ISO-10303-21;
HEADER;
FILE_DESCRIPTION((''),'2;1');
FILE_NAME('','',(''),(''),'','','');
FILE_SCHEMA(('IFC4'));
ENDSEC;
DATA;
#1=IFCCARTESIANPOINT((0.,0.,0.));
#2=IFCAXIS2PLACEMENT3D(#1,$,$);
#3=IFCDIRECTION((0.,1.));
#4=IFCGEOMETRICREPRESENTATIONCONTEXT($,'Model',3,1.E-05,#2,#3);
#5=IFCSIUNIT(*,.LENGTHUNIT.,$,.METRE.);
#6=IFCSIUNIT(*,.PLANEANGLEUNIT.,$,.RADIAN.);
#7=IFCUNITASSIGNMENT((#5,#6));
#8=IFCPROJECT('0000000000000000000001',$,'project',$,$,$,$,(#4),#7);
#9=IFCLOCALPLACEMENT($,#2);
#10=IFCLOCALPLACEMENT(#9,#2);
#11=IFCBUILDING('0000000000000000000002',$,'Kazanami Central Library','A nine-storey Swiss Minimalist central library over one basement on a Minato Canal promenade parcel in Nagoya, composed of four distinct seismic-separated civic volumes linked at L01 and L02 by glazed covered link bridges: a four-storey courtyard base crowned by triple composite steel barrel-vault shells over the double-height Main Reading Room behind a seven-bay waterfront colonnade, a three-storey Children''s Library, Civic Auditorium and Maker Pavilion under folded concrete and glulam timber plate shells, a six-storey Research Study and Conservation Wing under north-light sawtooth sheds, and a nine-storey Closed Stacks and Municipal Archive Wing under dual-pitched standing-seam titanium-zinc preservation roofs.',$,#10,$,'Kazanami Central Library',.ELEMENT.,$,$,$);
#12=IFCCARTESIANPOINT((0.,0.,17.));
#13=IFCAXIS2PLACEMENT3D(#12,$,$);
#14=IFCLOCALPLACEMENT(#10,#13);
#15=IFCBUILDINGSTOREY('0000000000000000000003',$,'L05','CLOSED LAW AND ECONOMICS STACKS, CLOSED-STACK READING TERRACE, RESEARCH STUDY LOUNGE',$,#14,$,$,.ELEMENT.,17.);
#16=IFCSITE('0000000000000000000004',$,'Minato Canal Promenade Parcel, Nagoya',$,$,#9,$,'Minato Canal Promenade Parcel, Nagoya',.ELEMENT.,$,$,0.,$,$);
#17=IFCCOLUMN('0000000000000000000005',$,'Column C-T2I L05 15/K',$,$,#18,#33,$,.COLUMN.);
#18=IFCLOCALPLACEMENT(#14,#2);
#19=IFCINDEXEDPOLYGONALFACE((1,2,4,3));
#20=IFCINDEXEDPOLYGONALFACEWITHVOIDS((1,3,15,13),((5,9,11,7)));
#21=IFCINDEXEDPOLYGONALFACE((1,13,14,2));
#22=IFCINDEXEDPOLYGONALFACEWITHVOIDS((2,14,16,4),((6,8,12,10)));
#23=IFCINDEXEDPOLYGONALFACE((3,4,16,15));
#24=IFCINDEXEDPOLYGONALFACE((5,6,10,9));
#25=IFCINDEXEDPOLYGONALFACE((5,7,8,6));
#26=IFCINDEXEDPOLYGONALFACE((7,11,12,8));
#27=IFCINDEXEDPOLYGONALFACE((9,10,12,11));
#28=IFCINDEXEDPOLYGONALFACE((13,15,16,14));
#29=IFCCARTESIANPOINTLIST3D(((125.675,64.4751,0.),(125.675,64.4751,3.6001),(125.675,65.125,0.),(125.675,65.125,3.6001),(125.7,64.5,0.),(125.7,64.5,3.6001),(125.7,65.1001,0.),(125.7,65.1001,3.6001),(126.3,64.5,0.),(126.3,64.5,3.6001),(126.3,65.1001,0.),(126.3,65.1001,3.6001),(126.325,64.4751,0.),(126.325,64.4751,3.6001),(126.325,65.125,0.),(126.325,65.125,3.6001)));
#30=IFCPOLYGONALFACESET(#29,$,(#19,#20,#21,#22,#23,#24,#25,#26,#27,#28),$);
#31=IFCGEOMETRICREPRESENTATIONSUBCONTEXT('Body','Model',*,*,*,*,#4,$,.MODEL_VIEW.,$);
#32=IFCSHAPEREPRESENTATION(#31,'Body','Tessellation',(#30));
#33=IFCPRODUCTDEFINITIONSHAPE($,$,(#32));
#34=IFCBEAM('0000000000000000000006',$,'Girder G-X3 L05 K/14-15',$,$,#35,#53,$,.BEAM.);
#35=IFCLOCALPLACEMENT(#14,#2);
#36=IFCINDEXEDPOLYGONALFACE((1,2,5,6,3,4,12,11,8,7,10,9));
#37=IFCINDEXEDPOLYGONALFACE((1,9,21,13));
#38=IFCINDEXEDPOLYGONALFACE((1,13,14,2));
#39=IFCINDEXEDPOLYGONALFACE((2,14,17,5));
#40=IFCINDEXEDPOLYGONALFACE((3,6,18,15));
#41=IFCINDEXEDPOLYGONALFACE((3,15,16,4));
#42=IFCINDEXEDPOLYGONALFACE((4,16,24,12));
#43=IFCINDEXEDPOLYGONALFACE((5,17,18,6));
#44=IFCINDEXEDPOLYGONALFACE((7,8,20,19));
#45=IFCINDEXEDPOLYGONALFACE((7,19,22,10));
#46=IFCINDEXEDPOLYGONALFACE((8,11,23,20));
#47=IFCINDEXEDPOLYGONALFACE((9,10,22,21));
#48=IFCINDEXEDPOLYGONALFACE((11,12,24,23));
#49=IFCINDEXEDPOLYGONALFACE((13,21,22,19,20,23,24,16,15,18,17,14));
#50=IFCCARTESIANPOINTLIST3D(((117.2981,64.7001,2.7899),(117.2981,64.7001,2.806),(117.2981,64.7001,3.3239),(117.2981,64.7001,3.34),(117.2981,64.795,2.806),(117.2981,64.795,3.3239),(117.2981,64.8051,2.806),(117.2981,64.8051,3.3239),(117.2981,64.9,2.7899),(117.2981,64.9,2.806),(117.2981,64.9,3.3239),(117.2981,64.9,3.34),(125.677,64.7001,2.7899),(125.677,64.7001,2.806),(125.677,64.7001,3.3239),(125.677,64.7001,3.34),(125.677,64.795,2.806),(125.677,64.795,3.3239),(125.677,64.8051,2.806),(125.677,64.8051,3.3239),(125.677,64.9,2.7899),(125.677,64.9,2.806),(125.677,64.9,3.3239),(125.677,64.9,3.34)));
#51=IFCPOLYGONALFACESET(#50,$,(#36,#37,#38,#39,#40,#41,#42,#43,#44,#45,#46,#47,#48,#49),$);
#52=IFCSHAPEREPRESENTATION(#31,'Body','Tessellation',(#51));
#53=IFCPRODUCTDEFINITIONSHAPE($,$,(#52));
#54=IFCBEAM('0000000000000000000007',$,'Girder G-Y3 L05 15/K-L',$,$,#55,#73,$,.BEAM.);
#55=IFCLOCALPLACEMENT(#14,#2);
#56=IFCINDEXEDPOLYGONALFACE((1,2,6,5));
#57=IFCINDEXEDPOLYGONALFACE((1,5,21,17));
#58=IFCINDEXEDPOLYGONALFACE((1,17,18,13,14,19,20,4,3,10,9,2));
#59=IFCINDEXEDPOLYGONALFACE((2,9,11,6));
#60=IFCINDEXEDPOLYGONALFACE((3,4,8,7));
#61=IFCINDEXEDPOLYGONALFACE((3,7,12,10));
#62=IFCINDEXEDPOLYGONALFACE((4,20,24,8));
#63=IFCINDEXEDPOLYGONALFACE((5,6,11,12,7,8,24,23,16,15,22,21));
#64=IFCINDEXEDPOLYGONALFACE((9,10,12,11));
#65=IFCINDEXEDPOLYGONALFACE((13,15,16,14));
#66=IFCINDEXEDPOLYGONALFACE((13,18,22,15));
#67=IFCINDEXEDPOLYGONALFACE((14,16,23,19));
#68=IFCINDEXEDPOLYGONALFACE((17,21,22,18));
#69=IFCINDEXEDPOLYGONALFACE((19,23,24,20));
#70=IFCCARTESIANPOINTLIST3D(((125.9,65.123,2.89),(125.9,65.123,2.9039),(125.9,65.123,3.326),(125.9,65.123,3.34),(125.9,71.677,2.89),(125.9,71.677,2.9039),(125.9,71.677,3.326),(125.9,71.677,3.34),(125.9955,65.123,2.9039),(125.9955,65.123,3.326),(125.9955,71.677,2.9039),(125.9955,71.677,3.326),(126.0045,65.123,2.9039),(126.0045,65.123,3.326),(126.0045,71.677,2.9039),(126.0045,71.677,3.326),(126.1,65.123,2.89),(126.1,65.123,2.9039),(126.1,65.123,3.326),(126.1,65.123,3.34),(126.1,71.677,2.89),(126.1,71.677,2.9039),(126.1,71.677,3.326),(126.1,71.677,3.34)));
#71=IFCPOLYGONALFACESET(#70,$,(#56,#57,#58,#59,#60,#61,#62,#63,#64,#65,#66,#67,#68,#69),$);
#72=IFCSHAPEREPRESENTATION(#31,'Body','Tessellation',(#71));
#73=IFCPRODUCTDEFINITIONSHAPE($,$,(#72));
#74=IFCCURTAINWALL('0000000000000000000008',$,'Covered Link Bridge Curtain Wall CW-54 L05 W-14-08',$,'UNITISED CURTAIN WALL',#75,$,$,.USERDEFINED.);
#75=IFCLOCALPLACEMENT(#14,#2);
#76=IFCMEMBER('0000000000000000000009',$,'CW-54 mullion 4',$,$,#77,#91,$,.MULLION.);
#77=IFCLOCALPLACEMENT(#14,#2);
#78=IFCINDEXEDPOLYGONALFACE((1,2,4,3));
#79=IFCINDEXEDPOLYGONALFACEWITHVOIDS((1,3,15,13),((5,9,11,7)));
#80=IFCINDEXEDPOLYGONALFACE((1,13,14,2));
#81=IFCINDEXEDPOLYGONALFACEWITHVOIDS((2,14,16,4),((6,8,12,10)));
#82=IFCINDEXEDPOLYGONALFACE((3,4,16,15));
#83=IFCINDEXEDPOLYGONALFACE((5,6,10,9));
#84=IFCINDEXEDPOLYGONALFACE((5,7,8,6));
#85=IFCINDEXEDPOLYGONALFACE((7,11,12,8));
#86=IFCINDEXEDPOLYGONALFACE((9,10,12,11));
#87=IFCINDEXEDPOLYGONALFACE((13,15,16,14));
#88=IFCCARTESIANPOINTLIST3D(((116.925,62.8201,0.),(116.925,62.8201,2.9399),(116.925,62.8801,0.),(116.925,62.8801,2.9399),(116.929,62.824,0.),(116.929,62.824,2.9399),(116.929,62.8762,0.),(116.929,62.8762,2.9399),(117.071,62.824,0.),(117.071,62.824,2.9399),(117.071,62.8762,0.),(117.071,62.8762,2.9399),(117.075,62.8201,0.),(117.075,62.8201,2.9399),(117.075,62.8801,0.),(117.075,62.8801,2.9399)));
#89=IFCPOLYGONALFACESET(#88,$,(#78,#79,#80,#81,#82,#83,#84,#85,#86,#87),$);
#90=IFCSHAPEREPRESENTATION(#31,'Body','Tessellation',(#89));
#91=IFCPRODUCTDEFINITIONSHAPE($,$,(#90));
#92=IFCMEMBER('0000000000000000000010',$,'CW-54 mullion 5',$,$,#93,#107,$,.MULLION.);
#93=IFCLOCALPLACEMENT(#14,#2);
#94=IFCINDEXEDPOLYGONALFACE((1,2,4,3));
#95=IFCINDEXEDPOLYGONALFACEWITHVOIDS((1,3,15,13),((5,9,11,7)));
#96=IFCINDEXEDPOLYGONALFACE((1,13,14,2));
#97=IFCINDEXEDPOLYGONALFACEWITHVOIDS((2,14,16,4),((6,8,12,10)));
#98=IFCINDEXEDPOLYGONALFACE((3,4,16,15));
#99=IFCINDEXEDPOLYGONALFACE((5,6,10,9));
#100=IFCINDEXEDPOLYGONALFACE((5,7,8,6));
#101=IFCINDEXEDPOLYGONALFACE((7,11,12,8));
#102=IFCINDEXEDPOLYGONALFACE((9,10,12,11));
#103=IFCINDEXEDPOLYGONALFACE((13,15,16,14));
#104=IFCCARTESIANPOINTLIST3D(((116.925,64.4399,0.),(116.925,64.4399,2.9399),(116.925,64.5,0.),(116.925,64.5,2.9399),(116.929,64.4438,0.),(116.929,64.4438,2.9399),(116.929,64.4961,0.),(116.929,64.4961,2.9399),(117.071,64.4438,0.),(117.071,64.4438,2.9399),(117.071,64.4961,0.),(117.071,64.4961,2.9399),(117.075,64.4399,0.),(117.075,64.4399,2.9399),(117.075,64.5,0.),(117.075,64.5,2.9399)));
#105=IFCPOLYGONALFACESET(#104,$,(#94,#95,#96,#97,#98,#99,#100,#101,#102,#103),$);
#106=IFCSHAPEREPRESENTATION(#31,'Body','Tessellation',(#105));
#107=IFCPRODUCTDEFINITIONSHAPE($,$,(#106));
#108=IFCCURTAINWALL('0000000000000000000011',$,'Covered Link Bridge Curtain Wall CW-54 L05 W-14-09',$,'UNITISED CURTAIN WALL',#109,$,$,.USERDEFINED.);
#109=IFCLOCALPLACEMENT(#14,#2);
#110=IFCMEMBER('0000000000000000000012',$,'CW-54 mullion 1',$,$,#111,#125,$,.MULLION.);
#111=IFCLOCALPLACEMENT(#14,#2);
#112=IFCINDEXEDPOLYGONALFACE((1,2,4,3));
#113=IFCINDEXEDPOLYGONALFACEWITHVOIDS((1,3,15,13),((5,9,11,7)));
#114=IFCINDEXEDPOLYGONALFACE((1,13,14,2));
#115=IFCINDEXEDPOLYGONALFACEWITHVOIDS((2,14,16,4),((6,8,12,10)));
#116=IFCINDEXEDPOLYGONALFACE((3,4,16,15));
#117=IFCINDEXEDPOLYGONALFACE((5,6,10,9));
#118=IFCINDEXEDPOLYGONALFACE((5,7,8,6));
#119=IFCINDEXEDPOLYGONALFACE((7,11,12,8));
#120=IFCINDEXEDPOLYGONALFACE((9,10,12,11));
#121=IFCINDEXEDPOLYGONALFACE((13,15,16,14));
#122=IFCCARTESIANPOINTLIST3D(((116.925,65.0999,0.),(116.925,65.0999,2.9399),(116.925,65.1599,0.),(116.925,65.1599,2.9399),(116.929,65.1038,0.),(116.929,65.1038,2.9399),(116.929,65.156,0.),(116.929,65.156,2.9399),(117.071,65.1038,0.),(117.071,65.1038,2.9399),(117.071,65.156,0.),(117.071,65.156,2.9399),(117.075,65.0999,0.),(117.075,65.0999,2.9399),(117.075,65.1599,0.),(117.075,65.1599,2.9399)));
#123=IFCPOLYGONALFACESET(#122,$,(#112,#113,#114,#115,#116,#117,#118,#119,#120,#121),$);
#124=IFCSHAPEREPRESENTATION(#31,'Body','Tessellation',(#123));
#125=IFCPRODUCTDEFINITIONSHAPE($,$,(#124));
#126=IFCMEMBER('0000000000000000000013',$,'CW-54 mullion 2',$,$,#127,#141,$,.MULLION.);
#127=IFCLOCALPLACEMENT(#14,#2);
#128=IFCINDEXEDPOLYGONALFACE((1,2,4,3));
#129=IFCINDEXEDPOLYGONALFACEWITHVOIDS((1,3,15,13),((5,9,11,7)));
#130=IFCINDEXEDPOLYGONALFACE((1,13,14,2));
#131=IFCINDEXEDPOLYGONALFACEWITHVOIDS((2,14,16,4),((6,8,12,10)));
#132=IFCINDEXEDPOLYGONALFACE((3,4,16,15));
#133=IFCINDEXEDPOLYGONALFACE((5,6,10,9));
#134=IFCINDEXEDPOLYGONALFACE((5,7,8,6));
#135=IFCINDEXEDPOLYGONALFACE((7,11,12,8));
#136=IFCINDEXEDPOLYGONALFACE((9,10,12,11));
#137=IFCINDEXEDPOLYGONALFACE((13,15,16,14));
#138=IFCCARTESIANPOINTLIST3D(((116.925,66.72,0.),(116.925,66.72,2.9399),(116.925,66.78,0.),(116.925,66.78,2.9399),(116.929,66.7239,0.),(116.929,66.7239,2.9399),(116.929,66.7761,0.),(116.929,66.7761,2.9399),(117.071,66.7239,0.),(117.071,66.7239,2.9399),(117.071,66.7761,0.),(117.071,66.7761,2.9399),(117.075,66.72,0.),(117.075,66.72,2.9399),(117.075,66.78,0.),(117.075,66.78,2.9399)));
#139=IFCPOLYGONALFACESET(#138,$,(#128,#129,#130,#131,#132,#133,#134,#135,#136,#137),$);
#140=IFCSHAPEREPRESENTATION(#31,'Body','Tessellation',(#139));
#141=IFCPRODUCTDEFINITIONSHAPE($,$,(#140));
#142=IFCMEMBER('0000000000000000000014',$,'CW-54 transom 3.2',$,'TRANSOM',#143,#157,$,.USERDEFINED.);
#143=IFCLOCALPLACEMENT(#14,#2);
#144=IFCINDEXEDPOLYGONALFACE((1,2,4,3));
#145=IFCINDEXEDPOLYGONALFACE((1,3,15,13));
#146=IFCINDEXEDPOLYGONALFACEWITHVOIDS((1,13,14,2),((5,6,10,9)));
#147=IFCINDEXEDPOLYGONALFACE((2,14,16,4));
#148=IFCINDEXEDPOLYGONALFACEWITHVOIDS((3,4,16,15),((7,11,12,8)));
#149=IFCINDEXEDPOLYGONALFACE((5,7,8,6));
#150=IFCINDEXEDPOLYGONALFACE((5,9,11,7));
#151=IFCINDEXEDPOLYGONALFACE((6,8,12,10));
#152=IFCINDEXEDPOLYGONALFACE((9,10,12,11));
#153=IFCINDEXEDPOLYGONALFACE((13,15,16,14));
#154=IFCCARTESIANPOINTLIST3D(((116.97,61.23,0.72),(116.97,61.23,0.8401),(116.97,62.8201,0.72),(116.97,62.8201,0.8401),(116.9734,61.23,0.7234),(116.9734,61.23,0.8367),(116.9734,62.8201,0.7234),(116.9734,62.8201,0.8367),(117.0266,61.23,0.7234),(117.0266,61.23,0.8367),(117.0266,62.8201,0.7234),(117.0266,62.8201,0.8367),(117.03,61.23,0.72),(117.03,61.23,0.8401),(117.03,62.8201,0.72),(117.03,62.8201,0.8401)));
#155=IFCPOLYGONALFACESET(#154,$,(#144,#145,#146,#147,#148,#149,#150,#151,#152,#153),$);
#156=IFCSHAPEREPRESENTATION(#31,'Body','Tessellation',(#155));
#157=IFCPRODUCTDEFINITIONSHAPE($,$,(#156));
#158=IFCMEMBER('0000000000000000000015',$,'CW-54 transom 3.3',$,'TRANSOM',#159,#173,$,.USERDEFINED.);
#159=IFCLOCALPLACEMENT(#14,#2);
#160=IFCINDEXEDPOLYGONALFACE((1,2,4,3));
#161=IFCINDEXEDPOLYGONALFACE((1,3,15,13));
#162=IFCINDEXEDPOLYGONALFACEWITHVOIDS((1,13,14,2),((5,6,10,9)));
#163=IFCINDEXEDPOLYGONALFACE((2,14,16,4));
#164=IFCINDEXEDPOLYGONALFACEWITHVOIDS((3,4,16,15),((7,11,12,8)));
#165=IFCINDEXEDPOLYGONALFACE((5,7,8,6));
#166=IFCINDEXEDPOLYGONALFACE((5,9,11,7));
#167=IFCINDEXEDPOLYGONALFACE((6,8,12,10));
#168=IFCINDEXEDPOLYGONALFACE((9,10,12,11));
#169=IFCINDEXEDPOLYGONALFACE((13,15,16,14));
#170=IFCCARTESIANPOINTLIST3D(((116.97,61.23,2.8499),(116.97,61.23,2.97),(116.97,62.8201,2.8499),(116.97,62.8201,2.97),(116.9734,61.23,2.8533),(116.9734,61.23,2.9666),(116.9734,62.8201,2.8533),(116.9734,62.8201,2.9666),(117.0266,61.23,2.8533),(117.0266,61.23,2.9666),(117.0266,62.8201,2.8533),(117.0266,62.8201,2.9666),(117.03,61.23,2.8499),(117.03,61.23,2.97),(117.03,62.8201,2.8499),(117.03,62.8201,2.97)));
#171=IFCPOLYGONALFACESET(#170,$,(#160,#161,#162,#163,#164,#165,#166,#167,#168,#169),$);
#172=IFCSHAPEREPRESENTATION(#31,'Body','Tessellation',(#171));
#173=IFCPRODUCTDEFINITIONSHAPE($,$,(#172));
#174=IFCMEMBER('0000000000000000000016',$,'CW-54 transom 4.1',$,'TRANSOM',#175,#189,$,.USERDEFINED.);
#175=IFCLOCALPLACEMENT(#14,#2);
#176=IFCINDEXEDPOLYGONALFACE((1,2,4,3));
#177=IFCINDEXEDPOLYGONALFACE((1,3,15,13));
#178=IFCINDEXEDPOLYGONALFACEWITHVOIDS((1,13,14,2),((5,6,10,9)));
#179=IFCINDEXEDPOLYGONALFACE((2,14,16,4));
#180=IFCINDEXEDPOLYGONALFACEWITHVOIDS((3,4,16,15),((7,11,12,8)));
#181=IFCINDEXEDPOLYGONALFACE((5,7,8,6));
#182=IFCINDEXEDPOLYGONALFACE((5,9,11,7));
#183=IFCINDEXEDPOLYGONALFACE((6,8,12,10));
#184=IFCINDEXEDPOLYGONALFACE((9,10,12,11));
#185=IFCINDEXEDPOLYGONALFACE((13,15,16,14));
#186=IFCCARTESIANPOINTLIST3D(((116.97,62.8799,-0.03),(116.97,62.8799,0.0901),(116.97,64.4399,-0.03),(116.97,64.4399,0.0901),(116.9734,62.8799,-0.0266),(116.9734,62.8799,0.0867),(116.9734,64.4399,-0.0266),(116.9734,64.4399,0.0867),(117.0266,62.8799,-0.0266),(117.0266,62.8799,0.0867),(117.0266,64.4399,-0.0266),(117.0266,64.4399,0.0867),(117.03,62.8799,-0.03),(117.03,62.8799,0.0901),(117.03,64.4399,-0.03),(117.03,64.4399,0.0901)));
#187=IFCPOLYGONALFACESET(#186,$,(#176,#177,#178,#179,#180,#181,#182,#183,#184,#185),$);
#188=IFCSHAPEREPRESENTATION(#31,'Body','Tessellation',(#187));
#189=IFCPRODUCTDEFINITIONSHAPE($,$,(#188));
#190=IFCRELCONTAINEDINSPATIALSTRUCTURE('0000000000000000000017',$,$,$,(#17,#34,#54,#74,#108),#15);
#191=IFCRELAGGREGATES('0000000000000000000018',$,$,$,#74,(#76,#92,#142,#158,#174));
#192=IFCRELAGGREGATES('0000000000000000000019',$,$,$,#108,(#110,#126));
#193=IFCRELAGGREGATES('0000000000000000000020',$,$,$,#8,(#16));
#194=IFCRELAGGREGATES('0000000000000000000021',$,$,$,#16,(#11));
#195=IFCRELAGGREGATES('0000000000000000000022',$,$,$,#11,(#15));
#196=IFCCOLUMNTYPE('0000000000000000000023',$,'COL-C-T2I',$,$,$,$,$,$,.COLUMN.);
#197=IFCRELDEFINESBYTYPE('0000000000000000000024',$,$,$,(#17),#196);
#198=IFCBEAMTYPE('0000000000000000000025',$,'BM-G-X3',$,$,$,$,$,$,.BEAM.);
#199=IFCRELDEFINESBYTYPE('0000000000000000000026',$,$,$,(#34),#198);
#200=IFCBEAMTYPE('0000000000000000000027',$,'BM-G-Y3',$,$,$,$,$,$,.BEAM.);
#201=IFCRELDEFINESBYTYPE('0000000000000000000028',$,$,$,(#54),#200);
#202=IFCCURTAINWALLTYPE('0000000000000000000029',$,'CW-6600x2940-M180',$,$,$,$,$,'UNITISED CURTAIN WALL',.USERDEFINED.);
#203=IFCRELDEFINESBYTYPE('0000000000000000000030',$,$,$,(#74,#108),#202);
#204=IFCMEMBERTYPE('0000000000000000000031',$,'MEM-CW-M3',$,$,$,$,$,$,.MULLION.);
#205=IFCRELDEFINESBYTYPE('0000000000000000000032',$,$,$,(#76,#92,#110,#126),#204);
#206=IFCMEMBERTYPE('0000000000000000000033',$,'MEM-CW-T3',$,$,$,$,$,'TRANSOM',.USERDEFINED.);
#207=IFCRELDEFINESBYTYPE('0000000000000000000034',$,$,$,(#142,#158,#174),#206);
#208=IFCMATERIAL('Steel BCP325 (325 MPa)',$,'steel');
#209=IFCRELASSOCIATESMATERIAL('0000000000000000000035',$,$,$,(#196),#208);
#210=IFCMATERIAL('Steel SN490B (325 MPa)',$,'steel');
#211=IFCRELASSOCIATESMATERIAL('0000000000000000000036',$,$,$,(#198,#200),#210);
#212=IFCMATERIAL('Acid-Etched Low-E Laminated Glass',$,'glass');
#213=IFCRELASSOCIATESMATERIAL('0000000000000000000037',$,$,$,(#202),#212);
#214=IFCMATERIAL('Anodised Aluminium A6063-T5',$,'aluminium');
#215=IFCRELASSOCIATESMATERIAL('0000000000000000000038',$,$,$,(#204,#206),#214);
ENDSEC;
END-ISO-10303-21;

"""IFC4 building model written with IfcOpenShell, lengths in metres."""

from ifc_helpers import new_model, si_unit, direction, frame, origin, origin_2d, place, context, subcontext, project, spatial, hollow_rectangle, i_section, extrude, material, material_profile, profile_set, type_object, element, aggregate, save


model = new_model("IFC4")

# Units and contexts
model_context = context("Model", 3, precision=1e-05, world=origin(), true_north=direction((0.0, 1.0)))
body_context = subcontext(model_context, "Body", "Model", "MODEL_VIEW")
ifc_project = project(units=[si_unit("LENGTHUNIT", "METRE"), si_unit("PLANEANGLEUNIT", "RADIAN")], contexts=[model_context])

# Site, building, storey
site_placement = place(None, origin())
site = spatial("IfcSite", under=ifc_project, at=site_placement, Name="Minato Canal Promenade Parcel, Nagoya", LongName="Minato Canal Promenade Parcel, Nagoya", CompositionType="ELEMENT", RefElevation=0.0)
building_placement = place(site_placement, origin())
building = spatial("IfcBuilding", under=site, at=building_placement, Name="Kazanami Central Library", Description="A nine-storey Swiss Minimalist central library over one basement on a Minato Canal promenade parcel in Nagoya, composed of four distinct seismic-separated civic volumes linked at L01 and L02 by glazed covered link bridges: a four-storey courtyard base crowned by triple composite steel barrel-vault shells over the double-height Main Reading Room behind a seven-bay waterfront colonnade, a three-storey Children's Library, Civic Auditorium and Maker Pavilion under folded concrete and glulam timber plate shells, a six-storey Research Study and Conservation Wing under north-light sawtooth sheds, and a nine-storey Closed Stacks and Municipal Archive Wing under dual-pitched standing-seam titanium-zinc preservation roofs.", LongName="Kazanami Central Library", CompositionType="ELEMENT")
storey_placement = place(building_placement, frame((0.0, 0.0, 17.0)))
storey = spatial("IfcBuildingStorey", under=building, at=storey_placement, Name="L05", Description="CLOSED LAW AND ECONOMICS STACKS, CLOSED-STACK READING TERRACE, RESEARCH STUDY LOUNGE", CompositionType="ELEMENT", Elevation=17.0)

# Column
ifc_material_1 = material(Name="Steel BCP325 (325 MPa)", Category="steel")
ifc_material_profile_1 = material_profile(ifc_material_1, hollow_rectangle(XDim=0.6499, YDim=0.6499, WallThickness=0.0249, at=origin_2d()), Name="BCP-650x650x25")
ifc_profile_set_1 = profile_set([ifc_material_profile_1], Name="Steel BCP325 (325 MPa)")
column_type = type_object("IfcColumnType", Name="COL-C-T2I", PredefinedType="COLUMN", material=ifc_profile_set_1)
column_placement = place(storey_placement, frame((126.0, 64.8, 0.0), z_axis=(0.0, 0.0, 1.0), x_axis=(1.0, 0.0, 0.0)))
element("IfcColumn", 1, at=column_placement, inside=storey, type_object=column_type, Name="Column C-T2I L05 15/K", PredefinedType="COLUMN", context=body_context, shape_type="SweptSolid", body=[
    extrude(hollow_rectangle(XDim=0.6499, YDim=0.6499, WallThickness=0.0249, at=origin_2d()), origin(), (0.0, 0.0, 1.0), 3.6001),
])

# Beams
ifc_material_2 = material(Name="Steel SN490B (325 MPa)", Category="steel")
ifc_material_profile_2 = material_profile(ifc_material_2, i_section(OverallWidth=0.2, OverallDepth=0.55, WebThickness=0.01, FlangeThickness=0.0161, at=origin_2d()), Name="H-550x200x10x16")
ifc_profile_set_2 = profile_set([ifc_material_profile_2], Name="Steel SN490B (325 MPa)")
beam_type_1 = type_object("IfcBeamType", Name="BM-G-X3", PredefinedType="BEAM", material=ifc_profile_set_2)
beam_1_placement = place(storey_placement, frame((117.2981, 64.8, 3.0649), z_axis=(1.0, 0.0, 0.0), x_axis=(0.0, 1.0, 0.0)))
element("IfcBeam", 2, at=beam_1_placement, inside=storey, type_object=beam_type_1, Name="Girder G-X3 L05 K/14-15", PredefinedType="BEAM", context=body_context, shape_type="SweptSolid", body=[
    extrude(i_section(OverallWidth=0.2, OverallDepth=0.55, WebThickness=0.01, FlangeThickness=0.0161, at=origin_2d()), origin(), (0.0, 0.0, 1.0), 8.3789),
])
ifc_material_profile_3 = material_profile(ifc_material_2, i_section(OverallWidth=0.2, OverallDepth=0.45, WebThickness=0.009, FlangeThickness=0.0139, at=origin_2d()), Name="H-450x200x9x14")
ifc_profile_set_3 = profile_set([ifc_material_profile_3], Name="Steel SN490B (325 MPa)")
beam_type_2 = type_object("IfcBeamType", Name="BM-G-Y3", PredefinedType="BEAM", material=ifc_profile_set_3)
beam_2_placement = place(storey_placement, frame((126.0, 65.123, 3.115), z_axis=(0.0, 1.0, 0.0), x_axis=(-1.0, 0.0, 0.0)))
element("IfcBeam", 3, at=beam_2_placement, inside=storey, type_object=beam_type_2, Name="Girder G-Y3 L05 15/K-L", PredefinedType="BEAM", context=body_context, shape_type="SweptSolid", body=[
    extrude(i_section(OverallWidth=0.2, OverallDepth=0.45, WebThickness=0.009, FlangeThickness=0.0139, at=origin_2d()), origin(), (0.0, 0.0, 1.0), 6.554),
])

# Curtain walls, members
ifc_material_3 = material(Name="Acid-Etched Low-E Laminated Glass", Category="glass")
curtain_wall_type = type_object("IfcCurtainWallType", Name="CW-6600x2940-M180", ElementType="UNITISED CURTAIN WALL", PredefinedType="USERDEFINED", material=ifc_material_3)
curtain_wall_1_placement = place(storey_placement, origin())
curtain_wall_1 = element("IfcCurtainWall", 4, at=curtain_wall_1_placement, inside=storey, type_object=curtain_wall_type, Name="Covered Link Bridge Curtain Wall CW-54 L05 W-14-08", ObjectType="UNITISED CURTAIN WALL", PredefinedType="USERDEFINED")
ifc_material_4 = material(Name="Anodised Aluminium A6063-T5", Category="aluminium")
ifc_material_profile_4 = material_profile(ifc_material_4, hollow_rectangle(XDim=0.0601, YDim=0.1499, WallThickness=0.0039, at=origin_2d()), Name="ALU-MULL-60x150x4")
ifc_profile_set_4 = profile_set([ifc_material_profile_4], Name="Anodised Aluminium A6063-T5")
member_type_1 = type_object("IfcMemberType", Name="MEM-CW-M3", PredefinedType="MULLION", material=ifc_profile_set_4)
member_1_placement = place(storey_placement, frame((117.0, 62.8501, 0.0), z_axis=(0.0, 0.0, 1.0), x_axis=(0.0, 1.0, 0.0)))
member_1 = element("IfcMember", 5, at=member_1_placement, type_object=member_type_1, Name="CW-54 mullion 4", PredefinedType="MULLION", context=body_context, shape_type="SweptSolid", body=[
    extrude(hollow_rectangle(XDim=0.0601, YDim=0.1499, WallThickness=0.0039, at=origin_2d()), origin(), (0.0, 0.0, 1.0), 2.9399),
])
member_2_placement = place(storey_placement, frame((117.0, 64.47, 0.0), z_axis=(0.0, 0.0, 1.0), x_axis=(0.0, 1.0, 0.0)))
member_2 = element("IfcMember", 6, at=member_2_placement, type_object=member_type_1, Name="CW-54 mullion 5", PredefinedType="MULLION", context=body_context, shape_type="SweptSolid", body=[
    extrude(hollow_rectangle(XDim=0.0601, YDim=0.1499, WallThickness=0.0039, at=origin_2d()), origin(), (0.0, 0.0, 1.0), 2.9399),
])
curtain_wall_2_placement = place(storey_placement, origin())
curtain_wall_2 = element("IfcCurtainWall", 7, at=curtain_wall_2_placement, inside=storey, type_object=curtain_wall_type, Name="Covered Link Bridge Curtain Wall CW-54 L05 W-14-09", ObjectType="UNITISED CURTAIN WALL", PredefinedType="USERDEFINED")
member_3_placement = place(storey_placement, frame((117.0, 65.1299, 0.0), z_axis=(0.0, 0.0, 1.0), x_axis=(0.0, 1.0, 0.0)))
member_3 = element("IfcMember", 8, at=member_3_placement, type_object=member_type_1, Name="CW-54 mullion 1", PredefinedType="MULLION", context=body_context, shape_type="SweptSolid", body=[
    extrude(hollow_rectangle(XDim=0.0601, YDim=0.1499, WallThickness=0.0039, at=origin_2d()), origin(), (0.0, 0.0, 1.0), 2.9399),
])
member_4_placement = place(storey_placement, frame((117.0, 66.75, 0.0), z_axis=(0.0, 0.0, 1.0), x_axis=(0.0, 1.0, 0.0)))
member_4 = element("IfcMember", 9, at=member_4_placement, type_object=member_type_1, Name="CW-54 mullion 2", PredefinedType="MULLION", context=body_context, shape_type="SweptSolid", body=[
    extrude(hollow_rectangle(XDim=0.0601, YDim=0.1499, WallThickness=0.0039, at=origin_2d()), origin(), (0.0, 0.0, 1.0), 2.9399),
])

# Members
ifc_material_profile_5 = material_profile(ifc_material_4, hollow_rectangle(XDim=0.0601, YDim=0.1201, WallThickness=0.0034, at=origin_2d()), Name="ALU-TRAN-60x120x3.5")
ifc_profile_set_5 = profile_set([ifc_material_profile_5], Name="Anodised Aluminium A6063-T5")
member_type_2 = type_object("IfcMemberType", Name="MEM-CW-T3", ElementType="TRANSOM", PredefinedType="USERDEFINED", material=ifc_profile_set_5)
member_5_placement = place(storey_placement, frame((117.0, 61.23, 0.78), z_axis=(0.0, 1.0, 0.0), x_axis=(-1.0, 0.0, 0.0)))
member_5 = element("IfcMember", 10, at=member_5_placement, type_object=member_type_2, Name="CW-54 transom 3.2", ObjectType="TRANSOM", PredefinedType="USERDEFINED", context=body_context, shape_type="SweptSolid", body=[
    extrude(hollow_rectangle(XDim=0.0601, YDim=0.1201, WallThickness=0.0034, at=origin_2d()), origin(), (0.0, 0.0, 1.0), 1.5901),
])
member_6_placement = place(storey_placement, frame((117.0, 61.23, 2.9099), z_axis=(0.0, 1.0, 0.0), x_axis=(-1.0, 0.0, 0.0)))
member_6 = element("IfcMember", 11, at=member_6_placement, type_object=member_type_2, Name="CW-54 transom 3.3", ObjectType="TRANSOM", PredefinedType="USERDEFINED", context=body_context, shape_type="SweptSolid", body=[
    extrude(hollow_rectangle(XDim=0.0601, YDim=0.1201, WallThickness=0.0034, at=origin_2d()), origin(), (0.0, 0.0, 1.0), 1.5901),
])
member_7_placement = place(storey_placement, frame((117.0, 62.8799, 0.03), z_axis=(0.0, 1.0, 0.0), x_axis=(-1.0, 0.0, 0.0)))
member_7 = element("IfcMember", 12, at=member_7_placement, type_object=member_type_2, Name="CW-54 transom 4.1", ObjectType="TRANSOM", PredefinedType="USERDEFINED", context=body_context, shape_type="SweptSolid", body=[
    extrude(hollow_rectangle(XDim=0.0601, YDim=0.1201, WallThickness=0.0034, at=origin_2d()), origin(), (0.0, 0.0, 1.0), 1.5601),
])

aggregate(curtain_wall_1, [member_1, member_2, member_5, member_6, member_7])
aggregate(curtain_wall_2, [member_3, member_4])

save(model, "model.ifc")
